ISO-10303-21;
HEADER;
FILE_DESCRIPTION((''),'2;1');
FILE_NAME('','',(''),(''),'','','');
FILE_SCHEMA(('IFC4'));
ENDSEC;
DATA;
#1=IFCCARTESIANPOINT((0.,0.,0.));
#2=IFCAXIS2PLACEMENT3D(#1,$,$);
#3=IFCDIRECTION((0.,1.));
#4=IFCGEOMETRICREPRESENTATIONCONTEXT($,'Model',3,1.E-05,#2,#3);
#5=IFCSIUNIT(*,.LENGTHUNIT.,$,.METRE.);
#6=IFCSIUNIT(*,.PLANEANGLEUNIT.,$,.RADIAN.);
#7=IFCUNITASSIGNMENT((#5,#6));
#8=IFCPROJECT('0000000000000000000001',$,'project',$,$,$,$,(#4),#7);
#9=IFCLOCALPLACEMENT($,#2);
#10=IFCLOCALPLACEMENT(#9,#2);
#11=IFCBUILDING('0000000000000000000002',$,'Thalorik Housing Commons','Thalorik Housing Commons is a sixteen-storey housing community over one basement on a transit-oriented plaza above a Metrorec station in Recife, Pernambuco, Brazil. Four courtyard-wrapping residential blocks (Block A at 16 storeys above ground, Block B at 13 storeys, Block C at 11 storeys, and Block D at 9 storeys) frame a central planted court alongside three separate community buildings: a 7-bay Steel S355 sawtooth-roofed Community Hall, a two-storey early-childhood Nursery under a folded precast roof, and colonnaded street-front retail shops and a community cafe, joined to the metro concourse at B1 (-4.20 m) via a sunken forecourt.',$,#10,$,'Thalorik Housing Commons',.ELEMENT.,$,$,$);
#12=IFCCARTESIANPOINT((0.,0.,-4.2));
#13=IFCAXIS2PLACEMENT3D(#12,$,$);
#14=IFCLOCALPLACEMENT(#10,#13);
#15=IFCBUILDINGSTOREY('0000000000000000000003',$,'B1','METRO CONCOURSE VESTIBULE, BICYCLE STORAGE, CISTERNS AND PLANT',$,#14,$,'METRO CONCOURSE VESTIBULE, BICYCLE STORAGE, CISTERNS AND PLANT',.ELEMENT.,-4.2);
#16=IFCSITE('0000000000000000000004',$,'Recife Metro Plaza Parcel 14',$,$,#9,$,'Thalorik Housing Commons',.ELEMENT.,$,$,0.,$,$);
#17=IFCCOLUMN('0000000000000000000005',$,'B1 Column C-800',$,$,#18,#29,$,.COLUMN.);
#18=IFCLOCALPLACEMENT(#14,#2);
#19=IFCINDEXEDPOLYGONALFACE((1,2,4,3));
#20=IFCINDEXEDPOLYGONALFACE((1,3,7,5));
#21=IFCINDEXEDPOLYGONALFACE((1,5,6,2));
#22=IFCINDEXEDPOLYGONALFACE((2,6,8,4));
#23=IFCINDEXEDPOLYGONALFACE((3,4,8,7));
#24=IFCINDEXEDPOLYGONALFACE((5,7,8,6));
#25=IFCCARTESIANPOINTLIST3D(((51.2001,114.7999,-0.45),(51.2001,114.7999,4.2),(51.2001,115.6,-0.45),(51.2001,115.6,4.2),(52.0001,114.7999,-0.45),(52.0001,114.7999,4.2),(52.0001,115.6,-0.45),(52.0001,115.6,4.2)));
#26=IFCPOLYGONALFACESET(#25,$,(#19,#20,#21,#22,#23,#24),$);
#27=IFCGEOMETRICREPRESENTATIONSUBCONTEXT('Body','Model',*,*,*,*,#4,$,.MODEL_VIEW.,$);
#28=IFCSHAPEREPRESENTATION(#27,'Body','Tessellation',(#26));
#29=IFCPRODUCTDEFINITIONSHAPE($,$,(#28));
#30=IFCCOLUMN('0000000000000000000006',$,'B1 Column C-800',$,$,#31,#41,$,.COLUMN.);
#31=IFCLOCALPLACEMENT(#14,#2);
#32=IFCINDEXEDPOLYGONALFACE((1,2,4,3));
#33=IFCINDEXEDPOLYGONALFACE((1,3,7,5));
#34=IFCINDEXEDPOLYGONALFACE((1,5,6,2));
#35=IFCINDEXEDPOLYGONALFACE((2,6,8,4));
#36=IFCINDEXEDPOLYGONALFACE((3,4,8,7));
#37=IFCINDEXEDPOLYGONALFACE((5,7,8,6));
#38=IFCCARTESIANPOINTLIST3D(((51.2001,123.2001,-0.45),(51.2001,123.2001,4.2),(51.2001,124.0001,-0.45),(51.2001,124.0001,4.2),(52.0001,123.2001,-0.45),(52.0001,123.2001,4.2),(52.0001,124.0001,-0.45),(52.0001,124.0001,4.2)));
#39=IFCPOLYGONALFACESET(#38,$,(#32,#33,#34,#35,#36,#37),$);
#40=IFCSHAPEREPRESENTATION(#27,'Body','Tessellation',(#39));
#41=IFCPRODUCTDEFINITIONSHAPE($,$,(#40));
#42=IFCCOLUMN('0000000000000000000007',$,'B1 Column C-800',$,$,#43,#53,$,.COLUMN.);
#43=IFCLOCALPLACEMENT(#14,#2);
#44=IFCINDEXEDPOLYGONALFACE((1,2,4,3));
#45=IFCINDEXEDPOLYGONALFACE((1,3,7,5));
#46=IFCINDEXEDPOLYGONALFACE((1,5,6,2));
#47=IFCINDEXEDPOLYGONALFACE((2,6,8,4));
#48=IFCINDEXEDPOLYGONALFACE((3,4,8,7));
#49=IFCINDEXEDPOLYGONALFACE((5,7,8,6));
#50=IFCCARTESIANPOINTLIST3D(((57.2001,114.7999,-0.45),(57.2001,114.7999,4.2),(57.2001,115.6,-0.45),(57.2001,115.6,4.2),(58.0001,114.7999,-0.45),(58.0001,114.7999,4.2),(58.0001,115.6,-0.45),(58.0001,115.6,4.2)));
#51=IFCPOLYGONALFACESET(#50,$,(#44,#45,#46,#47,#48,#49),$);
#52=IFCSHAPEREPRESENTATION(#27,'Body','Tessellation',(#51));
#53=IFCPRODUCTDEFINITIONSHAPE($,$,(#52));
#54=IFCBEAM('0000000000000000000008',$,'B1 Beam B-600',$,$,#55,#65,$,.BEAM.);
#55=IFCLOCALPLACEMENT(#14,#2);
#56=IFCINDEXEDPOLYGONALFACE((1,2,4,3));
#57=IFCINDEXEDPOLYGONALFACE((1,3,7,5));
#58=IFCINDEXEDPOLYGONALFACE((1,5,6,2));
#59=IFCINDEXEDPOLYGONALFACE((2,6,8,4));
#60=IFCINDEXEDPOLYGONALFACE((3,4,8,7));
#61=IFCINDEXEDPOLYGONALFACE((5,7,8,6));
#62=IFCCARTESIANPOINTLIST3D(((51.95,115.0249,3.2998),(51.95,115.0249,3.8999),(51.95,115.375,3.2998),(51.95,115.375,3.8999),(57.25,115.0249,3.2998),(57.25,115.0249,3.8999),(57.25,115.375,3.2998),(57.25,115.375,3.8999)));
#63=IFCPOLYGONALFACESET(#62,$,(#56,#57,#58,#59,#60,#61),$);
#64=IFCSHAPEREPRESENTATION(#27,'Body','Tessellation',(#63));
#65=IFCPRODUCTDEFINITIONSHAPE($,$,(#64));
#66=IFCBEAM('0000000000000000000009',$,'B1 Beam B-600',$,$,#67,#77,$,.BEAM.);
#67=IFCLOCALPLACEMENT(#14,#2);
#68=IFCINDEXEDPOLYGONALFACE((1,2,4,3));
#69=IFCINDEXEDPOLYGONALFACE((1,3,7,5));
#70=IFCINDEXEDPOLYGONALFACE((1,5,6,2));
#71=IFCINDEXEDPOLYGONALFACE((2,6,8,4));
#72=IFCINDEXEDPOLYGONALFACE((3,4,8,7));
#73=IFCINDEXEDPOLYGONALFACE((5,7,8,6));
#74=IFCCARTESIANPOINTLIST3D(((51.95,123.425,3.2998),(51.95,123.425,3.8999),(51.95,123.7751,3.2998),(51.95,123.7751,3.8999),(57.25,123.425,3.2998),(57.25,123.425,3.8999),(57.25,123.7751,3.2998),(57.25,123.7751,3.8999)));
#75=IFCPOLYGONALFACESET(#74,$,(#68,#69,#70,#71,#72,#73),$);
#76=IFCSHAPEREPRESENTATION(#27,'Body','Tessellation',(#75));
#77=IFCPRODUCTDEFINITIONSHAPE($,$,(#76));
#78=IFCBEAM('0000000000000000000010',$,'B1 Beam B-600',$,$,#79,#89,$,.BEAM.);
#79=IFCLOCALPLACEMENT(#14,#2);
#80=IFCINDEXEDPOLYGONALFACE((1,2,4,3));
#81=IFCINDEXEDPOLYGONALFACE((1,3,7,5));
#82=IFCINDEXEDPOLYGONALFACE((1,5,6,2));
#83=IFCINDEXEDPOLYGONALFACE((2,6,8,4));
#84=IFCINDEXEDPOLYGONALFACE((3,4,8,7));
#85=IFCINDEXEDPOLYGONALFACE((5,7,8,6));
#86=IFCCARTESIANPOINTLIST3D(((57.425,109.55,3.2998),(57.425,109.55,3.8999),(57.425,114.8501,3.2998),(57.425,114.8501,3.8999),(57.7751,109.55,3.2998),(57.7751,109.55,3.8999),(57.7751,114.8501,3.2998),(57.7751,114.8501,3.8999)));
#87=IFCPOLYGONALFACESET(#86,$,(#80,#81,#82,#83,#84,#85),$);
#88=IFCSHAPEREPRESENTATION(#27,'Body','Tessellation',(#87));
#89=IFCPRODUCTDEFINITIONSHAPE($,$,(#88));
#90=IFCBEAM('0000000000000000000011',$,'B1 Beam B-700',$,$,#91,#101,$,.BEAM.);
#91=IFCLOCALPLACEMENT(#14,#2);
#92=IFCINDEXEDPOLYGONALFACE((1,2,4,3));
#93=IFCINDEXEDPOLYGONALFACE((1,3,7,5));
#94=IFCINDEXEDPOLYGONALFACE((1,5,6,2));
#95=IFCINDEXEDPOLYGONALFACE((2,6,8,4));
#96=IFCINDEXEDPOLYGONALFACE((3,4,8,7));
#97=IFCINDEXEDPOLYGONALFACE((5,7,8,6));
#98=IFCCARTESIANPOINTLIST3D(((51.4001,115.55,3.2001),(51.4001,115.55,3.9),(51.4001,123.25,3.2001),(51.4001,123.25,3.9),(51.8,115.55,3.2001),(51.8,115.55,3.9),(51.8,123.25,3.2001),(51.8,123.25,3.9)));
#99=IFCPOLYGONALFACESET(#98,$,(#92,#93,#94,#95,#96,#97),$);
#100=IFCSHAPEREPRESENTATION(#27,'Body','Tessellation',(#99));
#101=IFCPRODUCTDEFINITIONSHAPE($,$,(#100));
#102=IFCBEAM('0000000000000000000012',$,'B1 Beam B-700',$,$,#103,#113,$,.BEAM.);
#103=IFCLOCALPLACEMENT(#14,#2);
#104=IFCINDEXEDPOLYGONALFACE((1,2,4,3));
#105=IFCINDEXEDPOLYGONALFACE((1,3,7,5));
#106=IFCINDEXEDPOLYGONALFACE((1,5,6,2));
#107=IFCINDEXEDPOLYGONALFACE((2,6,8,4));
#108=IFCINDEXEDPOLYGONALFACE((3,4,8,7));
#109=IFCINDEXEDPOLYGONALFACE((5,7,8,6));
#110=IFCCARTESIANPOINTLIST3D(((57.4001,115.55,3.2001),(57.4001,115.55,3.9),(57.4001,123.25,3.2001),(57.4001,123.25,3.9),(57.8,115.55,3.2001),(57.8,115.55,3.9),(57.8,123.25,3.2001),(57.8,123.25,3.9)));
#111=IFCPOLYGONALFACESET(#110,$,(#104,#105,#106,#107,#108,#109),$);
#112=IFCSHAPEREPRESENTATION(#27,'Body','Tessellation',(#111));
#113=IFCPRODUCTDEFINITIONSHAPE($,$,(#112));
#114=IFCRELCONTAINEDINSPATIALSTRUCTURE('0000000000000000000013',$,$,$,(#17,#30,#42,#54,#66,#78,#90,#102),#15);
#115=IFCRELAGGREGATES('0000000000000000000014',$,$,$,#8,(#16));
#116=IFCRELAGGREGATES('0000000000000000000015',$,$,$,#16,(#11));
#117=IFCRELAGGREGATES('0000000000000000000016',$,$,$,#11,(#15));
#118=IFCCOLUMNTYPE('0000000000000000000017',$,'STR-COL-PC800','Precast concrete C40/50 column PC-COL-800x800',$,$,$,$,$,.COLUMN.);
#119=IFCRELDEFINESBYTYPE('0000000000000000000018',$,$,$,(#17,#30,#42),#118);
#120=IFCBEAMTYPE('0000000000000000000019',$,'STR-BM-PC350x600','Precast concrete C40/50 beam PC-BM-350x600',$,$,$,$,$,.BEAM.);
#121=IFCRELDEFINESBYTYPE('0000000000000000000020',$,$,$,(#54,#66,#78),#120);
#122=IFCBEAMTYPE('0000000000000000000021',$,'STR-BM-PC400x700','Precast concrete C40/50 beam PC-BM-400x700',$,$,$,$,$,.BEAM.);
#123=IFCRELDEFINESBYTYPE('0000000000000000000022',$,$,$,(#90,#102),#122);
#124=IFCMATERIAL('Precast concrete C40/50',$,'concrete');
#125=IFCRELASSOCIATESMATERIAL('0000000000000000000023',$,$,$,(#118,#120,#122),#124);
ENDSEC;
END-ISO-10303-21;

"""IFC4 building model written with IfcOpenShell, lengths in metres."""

from ifc_helpers import new_model, si_unit, direction, frame, origin, origin_2d, place, context, subcontext, project, spatial, rectangle, extrude, material, material_profile, profile_set, type_object, element, save


model = new_model("IFC4")

# Units and contexts
model_context = context("Model", 3, precision=1e-05, world=origin(), true_north=direction((0.0, 1.0)))
body_context = subcontext(model_context, "Body", "Model", "MODEL_VIEW")
ifc_project = project(units=[si_unit("LENGTHUNIT", "METRE"), si_unit("PLANEANGLEUNIT", "RADIAN")], contexts=[model_context])

# Site, building, storey
site_placement = place(None, origin())
site = spatial("IfcSite", under=ifc_project, at=site_placement, Name="Recife Metro Plaza Parcel 14", LongName="Thalorik Housing Commons", CompositionType="ELEMENT", RefElevation=0.0)
building_placement = place(site_placement, origin())
building = spatial("IfcBuilding", under=site, at=building_placement, Name="Thalorik Housing Commons", Description="Thalorik Housing Commons is a sixteen-storey housing community over one basement on a transit-oriented plaza above a Metrorec station in Recife, Pernambuco, Brazil. Four courtyard-wrapping residential blocks (Block A at 16 storeys above ground, Block B at 13 storeys, Block C at 11 storeys, and Block D at 9 storeys) frame a central planted court alongside three separate community buildings: a 7-bay Steel S355 sawtooth-roofed Community Hall, a two-storey early-childhood Nursery under a folded precast roof, and colonnaded street-front retail shops and a community cafe, joined to the metro concourse at B1 (-4.20 m) via a sunken forecourt.", LongName="Thalorik Housing Commons", CompositionType="ELEMENT")
storey_placement = place(building_placement, frame((0.0, 0.0, -4.2)))
storey = spatial("IfcBuildingStorey", under=building, at=storey_placement, Name="B1", Description="METRO CONCOURSE VESTIBULE, BICYCLE STORAGE, CISTERNS AND PLANT", LongName="METRO CONCOURSE VESTIBULE, BICYCLE STORAGE, CISTERNS AND PLANT", CompositionType="ELEMENT", Elevation=-4.2)

# Columns
ifc_material_1 = material(Name="Precast concrete C40/50", Category="concrete")
ifc_material_profile_1 = material_profile(ifc_material_1, rectangle(XDim=0.8, YDim=0.8, at=origin_2d()), Name="PC 800x800", Category="concrete")
ifc_profile_set_1 = profile_set([ifc_material_profile_1], Name="Precast concrete C40/50")
column_type = type_object("IfcColumnType", Name="STR-COL-PC800", Description="Precast concrete C40/50 column PC-COL-800x800", PredefinedType="COLUMN", material=ifc_profile_set_1)
for number, where, z_axis, x_axis, name in (
    (1, (51.6001, 115.2, -0.45), (0.0, 0.0, 1.0), (1.0, 0.0, 0.0), "B1 Column C-800"),
    (2, (51.6001, 123.6001, -0.45), (0.0, 0.0, 1.0), (1.0, 0.0, 0.0), "B1 Column C-800"),
    (3, (57.6001, 115.2, -0.45), (0.0, 0.0, 1.0), (1.0, 0.0, 0.0), "B1 Column C-800"),
):
    element("IfcColumn", number, at=place(storey_placement, frame(where, z_axis=z_axis, x_axis=x_axis)), inside=storey, type_object=column_type, Name=name, PredefinedType="COLUMN", context=body_context, shape_type="SweptSolid", body=[
        extrude(rectangle(XDim=0.8, YDim=0.8, at=origin_2d()), origin(), (0.0, 0.0, 1.0), 4.6499),
    ])

# Beams
ifc_material_profile_2 = material_profile(ifc_material_1, rectangle(XDim=0.3501, YDim=0.6001, at=origin_2d()), Name="PC 350x600", Category="concrete")
ifc_profile_set_2 = profile_set([ifc_material_profile_2], Name="Precast concrete C40/50")
beam_type_1 = type_object("IfcBeamType", Name="STR-BM-PC350x600", Description="Precast concrete C40/50 beam PC-BM-350x600", PredefinedType="BEAM", material=ifc_profile_set_2)
for number, where, z_axis, x_axis, name in (
    (4, (51.95, 115.2, 3.5999), (1.0, 0.0, 0.0), (0.0, 1.0, 0.0), "B1 Beam B-600"),
    (5, (51.95, 123.6001, 3.5999), (1.0, 0.0, 0.0), (0.0, 1.0, 0.0), "B1 Beam B-600"),
    (6, (57.6001, 109.55, 3.5999), (0.0, 1.0, 0.0), (-1.0, 0.0, 0.0), "B1 Beam B-600"),
):
    element("IfcBeam", number, at=place(storey_placement, frame(where, z_axis=z_axis, x_axis=x_axis)), inside=storey, type_object=beam_type_1, Name=name, PredefinedType="BEAM", context=body_context, shape_type="SweptSolid", body=[
        extrude(rectangle(XDim=0.3501, YDim=0.6001, at=origin_2d()), origin(), (0.0, 0.0, 1.0), 5.3),
    ])
ifc_material_profile_3 = material_profile(ifc_material_1, rectangle(XDim=0.3999, YDim=0.7, at=origin_2d()), Name="PC 400x700", Category="concrete")
ifc_profile_set_3 = profile_set([ifc_material_profile_3], Name="Precast concrete C40/50")
beam_type_2 = type_object("IfcBeamType", Name="STR-BM-PC400x700", Description="Precast concrete C40/50 beam PC-BM-400x700", PredefinedType="BEAM", material=ifc_profile_set_3)
for number, where, z_axis, x_axis, name in (
    (7, (51.6001, 115.55, 3.55), (0.0, 1.0, 0.0), (-1.0, 0.0, 0.0), "B1 Beam B-700"),
    (8, (57.6001, 115.55, 3.55), (0.0, 1.0, 0.0), (-1.0, 0.0, 0.0), "B1 Beam B-700"),
):
    element("IfcBeam", number, at=place(storey_placement, frame(where, z_axis=z_axis, x_axis=x_axis)), inside=storey, type_object=beam_type_2, Name=name, PredefinedType="BEAM", context=body_context, shape_type="SweptSolid", body=[
        extrude(rectangle(XDim=0.3999, YDim=0.7, at=origin_2d()), origin(), (0.0, 0.0, 1.0), 7.7),
    ])

save(model, "model.ifc")
